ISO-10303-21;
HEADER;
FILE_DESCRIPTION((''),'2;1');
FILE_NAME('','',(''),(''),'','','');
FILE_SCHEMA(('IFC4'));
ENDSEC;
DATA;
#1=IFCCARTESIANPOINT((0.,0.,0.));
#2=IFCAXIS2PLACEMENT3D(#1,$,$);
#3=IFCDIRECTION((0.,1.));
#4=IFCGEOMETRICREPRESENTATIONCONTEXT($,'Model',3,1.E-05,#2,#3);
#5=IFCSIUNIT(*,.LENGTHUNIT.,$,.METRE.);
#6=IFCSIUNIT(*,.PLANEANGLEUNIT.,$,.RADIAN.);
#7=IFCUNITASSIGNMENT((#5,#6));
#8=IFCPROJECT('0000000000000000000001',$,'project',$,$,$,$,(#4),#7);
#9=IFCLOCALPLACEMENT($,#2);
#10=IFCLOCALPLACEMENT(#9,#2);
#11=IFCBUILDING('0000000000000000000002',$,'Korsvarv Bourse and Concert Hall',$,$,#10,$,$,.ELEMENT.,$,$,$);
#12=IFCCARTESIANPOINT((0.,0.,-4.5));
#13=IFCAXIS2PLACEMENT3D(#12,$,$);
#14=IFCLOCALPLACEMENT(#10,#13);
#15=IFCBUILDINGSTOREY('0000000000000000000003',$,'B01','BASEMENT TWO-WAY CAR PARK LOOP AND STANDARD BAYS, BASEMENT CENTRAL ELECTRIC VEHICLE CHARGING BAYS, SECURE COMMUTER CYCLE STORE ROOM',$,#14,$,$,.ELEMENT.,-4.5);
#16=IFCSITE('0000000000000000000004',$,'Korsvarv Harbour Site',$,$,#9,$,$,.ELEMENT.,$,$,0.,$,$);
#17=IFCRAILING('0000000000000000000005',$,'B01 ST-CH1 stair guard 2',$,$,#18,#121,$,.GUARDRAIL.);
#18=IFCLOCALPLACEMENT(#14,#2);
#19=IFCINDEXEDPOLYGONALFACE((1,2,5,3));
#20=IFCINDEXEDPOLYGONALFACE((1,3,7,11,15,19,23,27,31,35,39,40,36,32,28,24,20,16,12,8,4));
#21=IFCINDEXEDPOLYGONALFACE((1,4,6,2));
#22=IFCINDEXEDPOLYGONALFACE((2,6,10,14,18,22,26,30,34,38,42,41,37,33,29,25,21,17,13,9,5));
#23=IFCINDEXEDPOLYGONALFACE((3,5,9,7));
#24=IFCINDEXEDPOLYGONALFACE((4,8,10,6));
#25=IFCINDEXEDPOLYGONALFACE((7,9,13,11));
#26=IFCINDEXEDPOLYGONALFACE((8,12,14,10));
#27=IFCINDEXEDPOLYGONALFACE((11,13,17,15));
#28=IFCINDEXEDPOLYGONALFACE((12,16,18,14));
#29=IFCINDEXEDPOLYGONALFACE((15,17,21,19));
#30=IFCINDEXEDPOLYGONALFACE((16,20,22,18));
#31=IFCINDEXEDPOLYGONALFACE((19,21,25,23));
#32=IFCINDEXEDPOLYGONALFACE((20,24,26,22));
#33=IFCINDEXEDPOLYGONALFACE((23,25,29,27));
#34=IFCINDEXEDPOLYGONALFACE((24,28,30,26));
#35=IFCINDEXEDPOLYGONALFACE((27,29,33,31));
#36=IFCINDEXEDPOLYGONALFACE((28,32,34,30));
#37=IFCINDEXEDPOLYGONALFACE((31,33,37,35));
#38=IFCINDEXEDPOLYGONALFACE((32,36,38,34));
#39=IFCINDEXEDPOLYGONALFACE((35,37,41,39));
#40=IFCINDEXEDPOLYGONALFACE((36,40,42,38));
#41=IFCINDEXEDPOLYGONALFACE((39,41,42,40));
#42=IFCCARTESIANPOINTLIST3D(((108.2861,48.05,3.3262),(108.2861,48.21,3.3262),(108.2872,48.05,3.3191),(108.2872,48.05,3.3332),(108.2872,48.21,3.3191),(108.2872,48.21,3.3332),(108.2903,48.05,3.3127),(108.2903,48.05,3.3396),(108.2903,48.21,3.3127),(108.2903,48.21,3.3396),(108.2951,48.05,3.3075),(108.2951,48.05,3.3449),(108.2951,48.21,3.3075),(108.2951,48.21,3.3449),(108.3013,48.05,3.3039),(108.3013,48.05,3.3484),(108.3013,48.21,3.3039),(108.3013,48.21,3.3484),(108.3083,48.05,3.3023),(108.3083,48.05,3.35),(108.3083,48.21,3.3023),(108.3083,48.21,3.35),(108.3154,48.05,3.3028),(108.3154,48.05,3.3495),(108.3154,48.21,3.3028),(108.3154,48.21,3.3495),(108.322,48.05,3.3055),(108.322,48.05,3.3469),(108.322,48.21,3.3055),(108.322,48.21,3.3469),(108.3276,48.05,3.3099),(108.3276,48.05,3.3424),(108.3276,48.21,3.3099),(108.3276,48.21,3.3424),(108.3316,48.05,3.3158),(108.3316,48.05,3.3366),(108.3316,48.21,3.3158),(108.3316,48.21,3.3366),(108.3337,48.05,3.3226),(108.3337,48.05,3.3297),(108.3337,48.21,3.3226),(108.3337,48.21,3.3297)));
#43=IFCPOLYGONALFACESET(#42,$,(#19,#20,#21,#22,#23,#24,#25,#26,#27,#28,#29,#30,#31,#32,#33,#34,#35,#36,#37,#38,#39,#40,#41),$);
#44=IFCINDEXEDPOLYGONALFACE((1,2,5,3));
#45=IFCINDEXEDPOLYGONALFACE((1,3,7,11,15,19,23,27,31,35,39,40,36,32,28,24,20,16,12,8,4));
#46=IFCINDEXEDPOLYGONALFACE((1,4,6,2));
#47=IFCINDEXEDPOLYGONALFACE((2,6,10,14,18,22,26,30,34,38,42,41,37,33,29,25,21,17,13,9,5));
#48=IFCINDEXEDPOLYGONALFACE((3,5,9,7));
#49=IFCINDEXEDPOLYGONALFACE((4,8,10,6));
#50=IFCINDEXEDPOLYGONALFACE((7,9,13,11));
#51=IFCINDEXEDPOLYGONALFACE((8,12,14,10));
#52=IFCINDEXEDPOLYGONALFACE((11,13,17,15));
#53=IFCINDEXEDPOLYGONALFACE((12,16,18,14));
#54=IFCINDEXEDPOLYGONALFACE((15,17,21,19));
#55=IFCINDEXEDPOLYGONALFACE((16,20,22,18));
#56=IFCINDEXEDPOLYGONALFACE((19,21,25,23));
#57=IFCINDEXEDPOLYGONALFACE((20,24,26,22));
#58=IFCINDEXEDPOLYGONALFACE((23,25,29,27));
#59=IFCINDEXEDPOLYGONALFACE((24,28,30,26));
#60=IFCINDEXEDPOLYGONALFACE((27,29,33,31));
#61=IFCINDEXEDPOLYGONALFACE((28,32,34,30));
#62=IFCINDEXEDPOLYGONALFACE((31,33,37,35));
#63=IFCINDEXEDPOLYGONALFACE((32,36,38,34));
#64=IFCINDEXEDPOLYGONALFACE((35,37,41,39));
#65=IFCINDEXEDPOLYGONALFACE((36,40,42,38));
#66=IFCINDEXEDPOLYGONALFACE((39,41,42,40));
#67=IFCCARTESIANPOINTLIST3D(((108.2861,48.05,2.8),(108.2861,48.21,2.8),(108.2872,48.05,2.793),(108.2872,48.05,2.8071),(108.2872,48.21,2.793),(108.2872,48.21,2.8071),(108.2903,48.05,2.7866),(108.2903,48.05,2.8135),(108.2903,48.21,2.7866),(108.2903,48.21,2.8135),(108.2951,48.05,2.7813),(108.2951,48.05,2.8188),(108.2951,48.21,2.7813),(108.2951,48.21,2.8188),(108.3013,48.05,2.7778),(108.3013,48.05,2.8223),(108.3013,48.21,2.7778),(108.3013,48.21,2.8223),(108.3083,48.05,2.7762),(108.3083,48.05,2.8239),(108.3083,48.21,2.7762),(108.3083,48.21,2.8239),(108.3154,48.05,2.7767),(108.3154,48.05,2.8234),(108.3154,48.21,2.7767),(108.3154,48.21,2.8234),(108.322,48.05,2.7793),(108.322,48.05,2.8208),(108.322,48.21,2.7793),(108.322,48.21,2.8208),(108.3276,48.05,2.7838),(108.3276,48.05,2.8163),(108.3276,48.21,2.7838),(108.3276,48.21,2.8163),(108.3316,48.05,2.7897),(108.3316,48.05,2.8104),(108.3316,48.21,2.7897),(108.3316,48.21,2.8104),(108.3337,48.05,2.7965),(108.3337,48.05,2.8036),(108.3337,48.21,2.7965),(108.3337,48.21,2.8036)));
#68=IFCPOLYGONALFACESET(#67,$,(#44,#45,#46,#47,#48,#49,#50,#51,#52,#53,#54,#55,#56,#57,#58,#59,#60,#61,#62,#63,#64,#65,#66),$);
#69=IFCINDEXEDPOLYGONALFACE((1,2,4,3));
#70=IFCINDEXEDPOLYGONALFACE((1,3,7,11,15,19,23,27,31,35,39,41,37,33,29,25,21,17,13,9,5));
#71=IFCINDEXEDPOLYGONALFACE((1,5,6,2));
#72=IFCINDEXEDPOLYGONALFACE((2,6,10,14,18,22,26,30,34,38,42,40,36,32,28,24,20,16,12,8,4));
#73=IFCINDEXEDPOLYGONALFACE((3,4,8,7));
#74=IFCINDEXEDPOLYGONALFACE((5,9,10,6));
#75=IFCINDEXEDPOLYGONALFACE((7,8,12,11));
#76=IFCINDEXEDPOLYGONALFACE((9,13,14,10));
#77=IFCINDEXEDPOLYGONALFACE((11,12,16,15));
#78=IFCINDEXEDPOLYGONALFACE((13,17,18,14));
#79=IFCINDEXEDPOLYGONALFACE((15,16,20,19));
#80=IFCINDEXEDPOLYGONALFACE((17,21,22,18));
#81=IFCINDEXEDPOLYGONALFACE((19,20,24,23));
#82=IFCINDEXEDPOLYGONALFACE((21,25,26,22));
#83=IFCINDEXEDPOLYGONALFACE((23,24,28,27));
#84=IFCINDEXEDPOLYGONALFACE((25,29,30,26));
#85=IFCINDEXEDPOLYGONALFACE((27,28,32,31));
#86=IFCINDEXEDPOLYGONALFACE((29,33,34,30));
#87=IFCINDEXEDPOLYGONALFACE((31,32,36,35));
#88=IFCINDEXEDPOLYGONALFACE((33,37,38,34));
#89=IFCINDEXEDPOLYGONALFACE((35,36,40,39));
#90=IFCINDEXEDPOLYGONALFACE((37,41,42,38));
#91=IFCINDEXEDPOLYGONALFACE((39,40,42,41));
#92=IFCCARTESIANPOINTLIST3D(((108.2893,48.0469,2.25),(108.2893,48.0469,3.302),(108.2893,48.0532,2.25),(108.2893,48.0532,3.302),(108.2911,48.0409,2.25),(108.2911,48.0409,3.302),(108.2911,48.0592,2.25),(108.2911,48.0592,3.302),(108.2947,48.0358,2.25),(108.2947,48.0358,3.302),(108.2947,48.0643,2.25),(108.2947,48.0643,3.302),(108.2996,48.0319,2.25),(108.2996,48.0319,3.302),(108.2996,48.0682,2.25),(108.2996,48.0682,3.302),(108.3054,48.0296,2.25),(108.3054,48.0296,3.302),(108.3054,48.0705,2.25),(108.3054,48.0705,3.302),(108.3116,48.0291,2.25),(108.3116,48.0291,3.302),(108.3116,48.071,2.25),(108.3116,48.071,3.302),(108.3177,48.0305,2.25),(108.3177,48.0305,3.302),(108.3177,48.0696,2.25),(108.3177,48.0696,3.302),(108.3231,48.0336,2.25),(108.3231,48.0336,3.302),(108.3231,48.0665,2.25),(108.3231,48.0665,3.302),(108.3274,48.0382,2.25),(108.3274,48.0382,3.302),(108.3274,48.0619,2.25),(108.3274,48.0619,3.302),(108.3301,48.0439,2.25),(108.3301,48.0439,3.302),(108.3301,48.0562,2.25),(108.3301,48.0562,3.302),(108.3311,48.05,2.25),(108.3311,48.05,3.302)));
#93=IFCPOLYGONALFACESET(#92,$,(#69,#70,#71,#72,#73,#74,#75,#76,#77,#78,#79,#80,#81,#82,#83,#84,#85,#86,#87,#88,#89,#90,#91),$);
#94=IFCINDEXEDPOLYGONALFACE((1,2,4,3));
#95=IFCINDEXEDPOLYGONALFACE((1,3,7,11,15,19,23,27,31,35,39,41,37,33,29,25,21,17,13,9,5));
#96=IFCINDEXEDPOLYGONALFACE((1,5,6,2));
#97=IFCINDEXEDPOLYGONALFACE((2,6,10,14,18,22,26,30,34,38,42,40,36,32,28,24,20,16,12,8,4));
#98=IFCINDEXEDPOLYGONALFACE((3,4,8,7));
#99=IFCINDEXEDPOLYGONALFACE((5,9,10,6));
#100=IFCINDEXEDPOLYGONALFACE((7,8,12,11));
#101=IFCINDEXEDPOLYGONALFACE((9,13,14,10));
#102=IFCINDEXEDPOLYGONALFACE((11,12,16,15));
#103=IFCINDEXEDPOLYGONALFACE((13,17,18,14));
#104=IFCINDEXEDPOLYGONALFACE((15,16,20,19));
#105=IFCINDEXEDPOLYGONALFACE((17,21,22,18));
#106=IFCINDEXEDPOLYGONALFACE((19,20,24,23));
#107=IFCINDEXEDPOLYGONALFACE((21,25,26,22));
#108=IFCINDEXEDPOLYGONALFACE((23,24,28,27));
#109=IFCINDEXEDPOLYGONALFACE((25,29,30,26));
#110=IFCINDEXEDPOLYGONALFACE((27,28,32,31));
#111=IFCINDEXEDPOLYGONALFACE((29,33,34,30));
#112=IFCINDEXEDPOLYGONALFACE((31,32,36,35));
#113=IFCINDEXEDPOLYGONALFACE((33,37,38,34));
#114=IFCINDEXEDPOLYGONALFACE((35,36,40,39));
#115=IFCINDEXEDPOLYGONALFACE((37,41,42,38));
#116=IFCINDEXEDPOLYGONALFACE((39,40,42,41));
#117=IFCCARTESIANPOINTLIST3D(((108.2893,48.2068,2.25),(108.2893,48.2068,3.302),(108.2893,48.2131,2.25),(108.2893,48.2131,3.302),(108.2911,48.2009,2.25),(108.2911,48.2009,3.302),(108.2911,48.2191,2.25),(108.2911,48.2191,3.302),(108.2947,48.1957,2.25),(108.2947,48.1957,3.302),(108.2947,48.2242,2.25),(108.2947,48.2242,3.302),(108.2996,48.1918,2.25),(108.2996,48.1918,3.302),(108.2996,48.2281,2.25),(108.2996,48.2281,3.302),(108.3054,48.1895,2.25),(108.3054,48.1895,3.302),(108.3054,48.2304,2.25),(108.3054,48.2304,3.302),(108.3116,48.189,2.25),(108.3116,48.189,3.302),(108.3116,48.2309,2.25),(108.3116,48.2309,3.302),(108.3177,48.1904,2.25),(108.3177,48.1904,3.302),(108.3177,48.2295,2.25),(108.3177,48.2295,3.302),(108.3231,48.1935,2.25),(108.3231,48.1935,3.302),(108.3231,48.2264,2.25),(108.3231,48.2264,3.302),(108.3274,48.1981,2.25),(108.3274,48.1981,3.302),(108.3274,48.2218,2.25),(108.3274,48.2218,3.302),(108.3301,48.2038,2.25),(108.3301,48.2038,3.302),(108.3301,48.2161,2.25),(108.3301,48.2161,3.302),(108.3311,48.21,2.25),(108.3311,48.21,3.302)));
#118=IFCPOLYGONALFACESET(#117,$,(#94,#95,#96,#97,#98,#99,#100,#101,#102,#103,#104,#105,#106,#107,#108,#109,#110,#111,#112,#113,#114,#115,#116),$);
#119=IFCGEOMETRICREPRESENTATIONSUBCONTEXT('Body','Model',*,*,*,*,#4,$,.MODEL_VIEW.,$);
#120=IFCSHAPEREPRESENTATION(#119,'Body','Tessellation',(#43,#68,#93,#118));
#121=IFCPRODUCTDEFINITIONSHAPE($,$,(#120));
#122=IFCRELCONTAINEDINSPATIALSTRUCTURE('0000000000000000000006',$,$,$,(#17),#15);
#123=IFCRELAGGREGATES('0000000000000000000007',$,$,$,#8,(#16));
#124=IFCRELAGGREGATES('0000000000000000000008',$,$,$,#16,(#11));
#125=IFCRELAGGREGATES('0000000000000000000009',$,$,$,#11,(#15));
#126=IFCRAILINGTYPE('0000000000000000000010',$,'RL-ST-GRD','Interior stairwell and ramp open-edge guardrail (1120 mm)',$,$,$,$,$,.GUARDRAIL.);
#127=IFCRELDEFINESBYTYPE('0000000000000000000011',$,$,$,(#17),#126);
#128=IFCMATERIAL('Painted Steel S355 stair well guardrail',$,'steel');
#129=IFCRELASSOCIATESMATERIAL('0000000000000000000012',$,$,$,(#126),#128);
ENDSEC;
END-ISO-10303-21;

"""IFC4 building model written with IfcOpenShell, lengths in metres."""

from ifc_helpers import new_model, si_unit, direction, frame, origin, origin_2d, place, context, subcontext, project, spatial, circle, extrude, material, type_object, element, save


model = new_model("IFC4")

# Units and contexts
model_context = context("Model", 3, precision=1e-05, world=origin(), true_north=direction((0.0, 1.0)))
body_context = subcontext(model_context, "Body", "Model", "MODEL_VIEW")
ifc_project = project(units=[si_unit("LENGTHUNIT", "METRE"), si_unit("PLANEANGLEUNIT", "RADIAN")], contexts=[model_context])

# Site, building, storey
site_placement = place(None, origin())
site = spatial("IfcSite", under=ifc_project, at=site_placement, Name="Korsvarv Harbour Site", CompositionType="ELEMENT", RefElevation=0.0)
building_placement = place(site_placement, origin())
building = spatial("IfcBuilding", under=site, at=building_placement, Name="Korsvarv Bourse and Concert Hall", CompositionType="ELEMENT")
storey_placement = place(building_placement, frame((0.0, 0.0, -4.5)))
storey = spatial("IfcBuildingStorey", under=building, at=storey_placement, Name="B01", Description="BASEMENT TWO-WAY CAR PARK LOOP AND STANDARD BAYS, BASEMENT CENTRAL ELECTRIC VEHICLE CHARGING BAYS, SECURE COMMUTER CYCLE STORE ROOM", CompositionType="ELEMENT", Elevation=-4.5)

# Railing
ifc_material_1 = material(Name="Painted Steel S355 stair well guardrail", Category="steel")
railing_type_1 = type_object("IfcRailingType", Name="RL-ST-GRD", Description="Interior stairwell and ramp open-edge guardrail (1120 mm)", PredefinedType="GUARDRAIL", material=ifc_material_1)
railing_1_placement = place(storey_placement, frame((108.3101, 48.05, 2.25)))
element("IfcRailing", 1, at=railing_1_placement, inside=storey, type_object=railing_type_1, Name="B01 ST-CH1 stair guard 2", PredefinedType="GUARDRAIL", context=body_context, shape_type="SweptSolid", body=[
    extrude(circle(Radius=0.0239, at=origin_2d()), frame((0.0, 0.0, 1.0762), z_axis=(0.0, 1.0, 0.0), x_axis=(-1.0, 0.0, 0.0)), (0.0, 0.0, 1.0), 0.1599),
    extrude(circle(Radius=0.0239, at=origin_2d()), frame((0.0, 0.0, 0.55), z_axis=(0.0, 1.0, 0.0), x_axis=(-1.0, 0.0, 0.0)), (0.0, 0.0, 1.0), 0.1599),
    extrude(circle(Radius=0.021, at=origin_2d()), origin(), (0.0, 0.0, 1.0), 1.052),
    extrude(circle(Radius=0.021, at=origin_2d()), frame((0.0, 0.1599, 0.0)), (0.0, 0.0, 1.0), 1.052),
])

save(model, "model.ifc")
